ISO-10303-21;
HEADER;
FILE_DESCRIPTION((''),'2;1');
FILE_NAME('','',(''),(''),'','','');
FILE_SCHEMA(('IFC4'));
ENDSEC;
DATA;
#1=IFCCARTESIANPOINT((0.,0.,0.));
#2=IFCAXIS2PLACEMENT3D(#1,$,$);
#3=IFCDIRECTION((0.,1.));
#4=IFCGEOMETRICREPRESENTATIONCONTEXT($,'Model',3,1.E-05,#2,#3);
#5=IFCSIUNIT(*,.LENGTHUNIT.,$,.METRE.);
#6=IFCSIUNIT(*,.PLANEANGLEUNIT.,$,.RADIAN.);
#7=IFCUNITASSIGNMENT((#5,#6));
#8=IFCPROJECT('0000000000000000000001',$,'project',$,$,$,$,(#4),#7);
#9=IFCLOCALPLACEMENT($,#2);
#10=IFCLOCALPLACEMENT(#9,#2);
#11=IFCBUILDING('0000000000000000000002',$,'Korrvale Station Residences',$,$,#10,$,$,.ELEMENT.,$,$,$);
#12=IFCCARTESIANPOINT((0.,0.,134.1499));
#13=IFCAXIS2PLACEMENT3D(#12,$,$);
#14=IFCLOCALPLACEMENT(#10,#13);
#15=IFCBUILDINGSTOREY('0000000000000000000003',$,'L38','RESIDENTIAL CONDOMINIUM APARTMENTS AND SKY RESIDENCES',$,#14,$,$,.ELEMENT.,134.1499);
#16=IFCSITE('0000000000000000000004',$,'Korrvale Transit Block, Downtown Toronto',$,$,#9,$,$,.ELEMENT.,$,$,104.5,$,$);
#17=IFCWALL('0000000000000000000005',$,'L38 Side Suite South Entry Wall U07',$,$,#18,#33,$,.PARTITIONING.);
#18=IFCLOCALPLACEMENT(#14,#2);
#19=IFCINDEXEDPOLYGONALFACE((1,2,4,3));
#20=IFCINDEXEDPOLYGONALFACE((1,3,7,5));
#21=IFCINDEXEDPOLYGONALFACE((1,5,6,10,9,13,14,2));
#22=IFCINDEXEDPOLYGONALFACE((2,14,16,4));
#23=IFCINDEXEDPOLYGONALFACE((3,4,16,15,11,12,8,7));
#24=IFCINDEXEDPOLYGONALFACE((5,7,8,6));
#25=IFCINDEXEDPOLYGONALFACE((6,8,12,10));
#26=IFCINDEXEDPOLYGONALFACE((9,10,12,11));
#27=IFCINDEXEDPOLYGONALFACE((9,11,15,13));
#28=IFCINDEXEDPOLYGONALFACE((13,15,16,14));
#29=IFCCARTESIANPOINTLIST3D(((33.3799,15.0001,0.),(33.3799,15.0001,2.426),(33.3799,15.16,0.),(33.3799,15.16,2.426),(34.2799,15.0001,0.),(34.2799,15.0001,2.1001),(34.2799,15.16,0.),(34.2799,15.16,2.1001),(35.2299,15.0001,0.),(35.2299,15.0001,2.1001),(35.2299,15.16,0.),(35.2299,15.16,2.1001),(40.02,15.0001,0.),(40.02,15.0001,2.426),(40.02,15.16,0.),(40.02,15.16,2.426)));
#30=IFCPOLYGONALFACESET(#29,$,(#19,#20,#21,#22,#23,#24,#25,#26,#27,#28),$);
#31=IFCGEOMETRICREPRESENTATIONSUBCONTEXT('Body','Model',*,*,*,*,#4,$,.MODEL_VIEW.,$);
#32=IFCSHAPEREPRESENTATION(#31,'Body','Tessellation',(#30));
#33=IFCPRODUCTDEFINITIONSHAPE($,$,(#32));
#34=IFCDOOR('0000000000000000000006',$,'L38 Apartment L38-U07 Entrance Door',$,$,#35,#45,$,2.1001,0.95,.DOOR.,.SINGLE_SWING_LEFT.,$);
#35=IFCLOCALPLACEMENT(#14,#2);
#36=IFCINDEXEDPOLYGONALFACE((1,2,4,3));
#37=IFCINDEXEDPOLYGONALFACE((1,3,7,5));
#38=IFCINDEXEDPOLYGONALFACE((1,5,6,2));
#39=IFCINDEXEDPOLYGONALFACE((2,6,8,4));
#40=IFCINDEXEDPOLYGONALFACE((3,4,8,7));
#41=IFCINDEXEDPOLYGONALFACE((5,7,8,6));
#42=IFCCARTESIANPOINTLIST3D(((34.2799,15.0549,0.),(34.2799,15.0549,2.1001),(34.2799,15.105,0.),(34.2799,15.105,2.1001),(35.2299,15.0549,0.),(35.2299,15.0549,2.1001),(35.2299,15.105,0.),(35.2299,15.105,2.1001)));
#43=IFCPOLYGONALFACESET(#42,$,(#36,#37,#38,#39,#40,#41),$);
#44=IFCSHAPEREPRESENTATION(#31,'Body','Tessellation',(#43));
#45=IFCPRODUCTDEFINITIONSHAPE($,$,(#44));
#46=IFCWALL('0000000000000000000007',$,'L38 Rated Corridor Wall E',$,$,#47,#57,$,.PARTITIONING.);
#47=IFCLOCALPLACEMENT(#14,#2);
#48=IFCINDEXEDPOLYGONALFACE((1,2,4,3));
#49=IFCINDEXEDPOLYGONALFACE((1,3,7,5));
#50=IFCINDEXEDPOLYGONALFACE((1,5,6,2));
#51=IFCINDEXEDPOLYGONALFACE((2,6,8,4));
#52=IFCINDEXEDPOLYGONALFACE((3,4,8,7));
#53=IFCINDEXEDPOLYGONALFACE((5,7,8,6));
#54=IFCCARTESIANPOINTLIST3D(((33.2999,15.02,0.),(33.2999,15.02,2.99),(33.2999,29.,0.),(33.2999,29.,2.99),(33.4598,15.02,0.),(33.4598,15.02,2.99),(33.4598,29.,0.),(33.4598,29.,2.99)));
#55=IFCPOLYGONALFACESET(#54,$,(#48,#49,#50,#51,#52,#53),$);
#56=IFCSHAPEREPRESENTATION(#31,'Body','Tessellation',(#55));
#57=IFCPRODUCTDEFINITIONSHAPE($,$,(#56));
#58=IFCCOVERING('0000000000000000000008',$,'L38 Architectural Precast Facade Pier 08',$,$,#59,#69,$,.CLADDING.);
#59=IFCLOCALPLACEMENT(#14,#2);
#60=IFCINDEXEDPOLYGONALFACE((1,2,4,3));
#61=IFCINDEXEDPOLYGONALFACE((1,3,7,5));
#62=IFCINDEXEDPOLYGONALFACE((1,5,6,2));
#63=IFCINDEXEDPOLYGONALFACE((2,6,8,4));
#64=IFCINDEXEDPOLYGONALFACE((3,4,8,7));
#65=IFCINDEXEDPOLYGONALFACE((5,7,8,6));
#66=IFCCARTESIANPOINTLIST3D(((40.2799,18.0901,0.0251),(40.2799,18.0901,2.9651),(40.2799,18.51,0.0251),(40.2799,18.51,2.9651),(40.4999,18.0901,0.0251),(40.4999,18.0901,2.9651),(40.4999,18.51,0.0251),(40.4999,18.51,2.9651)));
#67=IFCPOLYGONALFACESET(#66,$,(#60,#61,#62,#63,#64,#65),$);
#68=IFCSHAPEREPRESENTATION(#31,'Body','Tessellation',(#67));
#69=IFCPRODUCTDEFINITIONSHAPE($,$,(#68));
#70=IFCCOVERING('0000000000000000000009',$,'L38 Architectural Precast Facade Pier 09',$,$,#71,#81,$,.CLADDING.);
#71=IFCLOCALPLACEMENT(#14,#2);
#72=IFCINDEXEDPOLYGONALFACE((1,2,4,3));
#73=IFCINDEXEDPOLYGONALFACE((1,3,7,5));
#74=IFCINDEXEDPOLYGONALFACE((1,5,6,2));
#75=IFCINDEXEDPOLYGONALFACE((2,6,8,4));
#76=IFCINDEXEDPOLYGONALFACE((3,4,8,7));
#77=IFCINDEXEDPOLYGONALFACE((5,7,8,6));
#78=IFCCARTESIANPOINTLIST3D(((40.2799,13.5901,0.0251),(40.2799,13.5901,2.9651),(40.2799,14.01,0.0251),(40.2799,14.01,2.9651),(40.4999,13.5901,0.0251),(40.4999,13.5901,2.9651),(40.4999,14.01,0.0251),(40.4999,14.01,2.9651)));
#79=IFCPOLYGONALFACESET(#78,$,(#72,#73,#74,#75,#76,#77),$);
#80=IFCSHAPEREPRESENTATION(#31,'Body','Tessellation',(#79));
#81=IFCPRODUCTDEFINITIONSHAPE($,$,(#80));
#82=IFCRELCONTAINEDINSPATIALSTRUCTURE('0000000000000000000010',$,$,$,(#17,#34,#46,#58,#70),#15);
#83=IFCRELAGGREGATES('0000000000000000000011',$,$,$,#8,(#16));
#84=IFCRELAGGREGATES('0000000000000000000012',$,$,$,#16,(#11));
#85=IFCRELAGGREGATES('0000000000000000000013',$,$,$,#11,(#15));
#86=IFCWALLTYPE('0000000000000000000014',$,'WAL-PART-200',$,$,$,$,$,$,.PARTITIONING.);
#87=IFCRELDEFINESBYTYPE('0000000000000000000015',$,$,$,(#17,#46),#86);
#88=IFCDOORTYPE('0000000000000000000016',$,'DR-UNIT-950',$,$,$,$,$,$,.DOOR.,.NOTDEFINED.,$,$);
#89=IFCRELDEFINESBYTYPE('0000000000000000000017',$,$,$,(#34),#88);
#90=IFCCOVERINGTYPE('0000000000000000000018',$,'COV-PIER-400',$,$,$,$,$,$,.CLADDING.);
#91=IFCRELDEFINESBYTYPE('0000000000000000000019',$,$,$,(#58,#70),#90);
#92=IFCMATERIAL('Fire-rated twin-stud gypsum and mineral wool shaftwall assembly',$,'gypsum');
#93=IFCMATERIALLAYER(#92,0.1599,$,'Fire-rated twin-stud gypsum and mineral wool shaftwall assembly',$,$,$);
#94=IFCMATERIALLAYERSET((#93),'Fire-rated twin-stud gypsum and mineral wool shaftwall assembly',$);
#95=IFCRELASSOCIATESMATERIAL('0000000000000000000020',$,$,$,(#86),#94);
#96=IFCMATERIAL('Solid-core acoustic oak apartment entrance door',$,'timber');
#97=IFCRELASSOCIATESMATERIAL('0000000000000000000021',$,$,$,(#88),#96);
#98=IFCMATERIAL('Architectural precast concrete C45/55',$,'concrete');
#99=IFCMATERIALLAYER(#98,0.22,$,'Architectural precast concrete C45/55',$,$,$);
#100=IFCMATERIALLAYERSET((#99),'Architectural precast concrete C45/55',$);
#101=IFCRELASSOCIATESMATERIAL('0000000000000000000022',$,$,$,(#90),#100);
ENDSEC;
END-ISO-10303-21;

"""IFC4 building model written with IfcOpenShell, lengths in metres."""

from ifc_helpers import new_model, si_unit, direction, frame, frame_2d, origin, origin_2d, place, context, subcontext, project, spatial, rectangle, extrude, material, layer, layer_set, type_object, element, fill, save


model = new_model("IFC4")

# Units and contexts
model_context = context("Model", 3, precision=1e-05, world=origin(), true_north=direction((0.0, 1.0)))
body_context = subcontext(model_context, "Body", "Model", "MODEL_VIEW")
ifc_project = project(units=[si_unit("LENGTHUNIT", "METRE"), si_unit("PLANEANGLEUNIT", "RADIAN")], contexts=[model_context])

# Site, building, storey
site_placement = place(None, origin())
site = spatial("IfcSite", under=ifc_project, at=site_placement, Name="Korrvale Transit Block, Downtown Toronto", CompositionType="ELEMENT", RefElevation=104.5)
building_placement = place(site_placement, origin())
building = spatial("IfcBuilding", under=site, at=building_placement, Name="Korrvale Station Residences", CompositionType="ELEMENT")
storey_placement = place(building_placement, frame((0.0, 0.0, 134.1499)))
storey = spatial("IfcBuildingStorey", under=building, at=storey_placement, Name="L38", Description="RESIDENTIAL CONDOMINIUM APARTMENTS AND SKY RESIDENCES", CompositionType="ELEMENT", Elevation=134.1499)

# Shared definitions
ifc_material_1 = material(Name="Fire-rated twin-stud gypsum and mineral wool shaftwall assembly", Category="gypsum")
ifc_layer_1 = layer(ifc_material_1, 0.1599, Name="Fire-rated twin-stud gypsum and mineral wool shaftwall assembly")
ifc_layer_set_1 = layer_set([ifc_layer_1], Name="Fire-rated twin-stud gypsum and mineral wool shaftwall assembly")
wall_type_1 = type_object("IfcWallType", Name="WAL-PART-200", PredefinedType="PARTITIONING", material=ifc_layer_set_1)

# Wall, opening, door
wall_1_placement = place(storey_placement, frame((33.3799, 15.0801, 0.0), z_axis=(0.0, 0.0, 1.0), x_axis=(1.0, 0.0, 0.0)))
wall_1 = element("IfcWall", 1, at=wall_1_placement, inside=storey, type_object=wall_type_1, Name="L38 Side Suite South Entry Wall U07", PredefinedType="PARTITIONING", context=body_context, shape_type="SweptSolid", body=[
    extrude(rectangle(XDim=6.6401, YDim=0.1599, at=frame_2d((3.3201, 0.0))), origin(), (0.0, 0.0, 1.0), 2.426),
])
opening_1_placement = place(wall_1_placement, frame((0.8999, 0.0, 0.0)))
opening_1 = element("IfcOpeningElement", 2, at=opening_1_placement, cuts=wall_1, PredefinedType="OPENING", context=body_context, shape_type="SweptSolid", body=[
    extrude(rectangle(XDim=0.95, YDim=2.1001, at=frame_2d((0.4751, 1.05))), frame((0.0, 0.0898, 0.0), z_axis=(0.0, -1.0, 0.0), x_axis=(1.0, 0.0, 0.0)), (0.0, 0.0, 1.0), 0.1799),
])
ifc_material_2 = material(Name="Solid-core acoustic oak apartment entrance door", Category="timber")
door_type_1 = type_object("IfcDoorType", Name="DR-UNIT-950", OperationType="NOTDEFINED", PredefinedType="DOOR", material=ifc_material_2)
door_1_placement = place(opening_1_placement, origin())
door_1 = element("IfcDoor", 3, at=door_1_placement, inside=storey, type_object=door_type_1, Name="L38 Apartment L38-U07 Entrance Door", OperationType="SINGLE_SWING_LEFT", OverallHeight=2.1001, OverallWidth=0.95, PredefinedType="DOOR", context=body_context, shape_type="SweptSolid", body=[
    extrude(rectangle(XDim=0.95, YDim=2.1001, at=frame_2d((0.4751, 1.05))), frame((0.0, 0.0249, 0.0), z_axis=(0.0, -1.0, 0.0), x_axis=(1.0, 0.0, 0.0)), (0.0, 0.0, 1.0), 0.05),
])
fill(opening_1, door_1)

# Wall
wall_2_placement = place(storey_placement, frame((33.3799, 15.02, 0.0), z_axis=(0.0, 0.0, 1.0), x_axis=(0.0, 1.0, 0.0)))
element("IfcWall", 4, at=wall_2_placement, inside=storey, type_object=wall_type_1, Name="L38 Rated Corridor Wall E", PredefinedType="PARTITIONING", context=body_context, shape_type="SweptSolid", body=[
    extrude(rectangle(XDim=13.98, YDim=0.1599, at=frame_2d((6.99, 0.0))), origin(), (0.0, 0.0, 1.0), 2.99),
])

# Coverings
ifc_material_3 = material(Name="Architectural precast concrete C45/55", Category="concrete")
ifc_layer_2 = layer(ifc_material_3, 0.22, Name="Architectural precast concrete C45/55")
ifc_layer_set_2 = layer_set([ifc_layer_2], Name="Architectural precast concrete C45/55")
covering_type = type_object("IfcCoveringType", Name="COV-PIER-400", PredefinedType="CLADDING", material=ifc_layer_set_2)
for number, where, z_axis, x_axis, name in (
    (5, (40.3899, 18.3, 0.0251), (0.0, 0.0, 1.0), (0.0, 1.0, 0.0), "L38 Architectural Precast Facade Pier 08"),
    (6, (40.3899, 13.8, 0.0251), (0.0, 0.0, 1.0), (0.0, 1.0, 0.0), "L38 Architectural Precast Facade Pier 09"),
):
    element("IfcCovering", number, at=place(storey_placement, frame(where, z_axis=z_axis, x_axis=x_axis)), inside=storey, type_object=covering_type, Name=name, PredefinedType="CLADDING", context=body_context, shape_type="SweptSolid", body=[
        extrude(rectangle(XDim=0.4199, YDim=0.22, at=origin_2d()), origin(), (0.0, 0.0, 1.0), 2.9399),
    ])

save(model, "model.ifc")
